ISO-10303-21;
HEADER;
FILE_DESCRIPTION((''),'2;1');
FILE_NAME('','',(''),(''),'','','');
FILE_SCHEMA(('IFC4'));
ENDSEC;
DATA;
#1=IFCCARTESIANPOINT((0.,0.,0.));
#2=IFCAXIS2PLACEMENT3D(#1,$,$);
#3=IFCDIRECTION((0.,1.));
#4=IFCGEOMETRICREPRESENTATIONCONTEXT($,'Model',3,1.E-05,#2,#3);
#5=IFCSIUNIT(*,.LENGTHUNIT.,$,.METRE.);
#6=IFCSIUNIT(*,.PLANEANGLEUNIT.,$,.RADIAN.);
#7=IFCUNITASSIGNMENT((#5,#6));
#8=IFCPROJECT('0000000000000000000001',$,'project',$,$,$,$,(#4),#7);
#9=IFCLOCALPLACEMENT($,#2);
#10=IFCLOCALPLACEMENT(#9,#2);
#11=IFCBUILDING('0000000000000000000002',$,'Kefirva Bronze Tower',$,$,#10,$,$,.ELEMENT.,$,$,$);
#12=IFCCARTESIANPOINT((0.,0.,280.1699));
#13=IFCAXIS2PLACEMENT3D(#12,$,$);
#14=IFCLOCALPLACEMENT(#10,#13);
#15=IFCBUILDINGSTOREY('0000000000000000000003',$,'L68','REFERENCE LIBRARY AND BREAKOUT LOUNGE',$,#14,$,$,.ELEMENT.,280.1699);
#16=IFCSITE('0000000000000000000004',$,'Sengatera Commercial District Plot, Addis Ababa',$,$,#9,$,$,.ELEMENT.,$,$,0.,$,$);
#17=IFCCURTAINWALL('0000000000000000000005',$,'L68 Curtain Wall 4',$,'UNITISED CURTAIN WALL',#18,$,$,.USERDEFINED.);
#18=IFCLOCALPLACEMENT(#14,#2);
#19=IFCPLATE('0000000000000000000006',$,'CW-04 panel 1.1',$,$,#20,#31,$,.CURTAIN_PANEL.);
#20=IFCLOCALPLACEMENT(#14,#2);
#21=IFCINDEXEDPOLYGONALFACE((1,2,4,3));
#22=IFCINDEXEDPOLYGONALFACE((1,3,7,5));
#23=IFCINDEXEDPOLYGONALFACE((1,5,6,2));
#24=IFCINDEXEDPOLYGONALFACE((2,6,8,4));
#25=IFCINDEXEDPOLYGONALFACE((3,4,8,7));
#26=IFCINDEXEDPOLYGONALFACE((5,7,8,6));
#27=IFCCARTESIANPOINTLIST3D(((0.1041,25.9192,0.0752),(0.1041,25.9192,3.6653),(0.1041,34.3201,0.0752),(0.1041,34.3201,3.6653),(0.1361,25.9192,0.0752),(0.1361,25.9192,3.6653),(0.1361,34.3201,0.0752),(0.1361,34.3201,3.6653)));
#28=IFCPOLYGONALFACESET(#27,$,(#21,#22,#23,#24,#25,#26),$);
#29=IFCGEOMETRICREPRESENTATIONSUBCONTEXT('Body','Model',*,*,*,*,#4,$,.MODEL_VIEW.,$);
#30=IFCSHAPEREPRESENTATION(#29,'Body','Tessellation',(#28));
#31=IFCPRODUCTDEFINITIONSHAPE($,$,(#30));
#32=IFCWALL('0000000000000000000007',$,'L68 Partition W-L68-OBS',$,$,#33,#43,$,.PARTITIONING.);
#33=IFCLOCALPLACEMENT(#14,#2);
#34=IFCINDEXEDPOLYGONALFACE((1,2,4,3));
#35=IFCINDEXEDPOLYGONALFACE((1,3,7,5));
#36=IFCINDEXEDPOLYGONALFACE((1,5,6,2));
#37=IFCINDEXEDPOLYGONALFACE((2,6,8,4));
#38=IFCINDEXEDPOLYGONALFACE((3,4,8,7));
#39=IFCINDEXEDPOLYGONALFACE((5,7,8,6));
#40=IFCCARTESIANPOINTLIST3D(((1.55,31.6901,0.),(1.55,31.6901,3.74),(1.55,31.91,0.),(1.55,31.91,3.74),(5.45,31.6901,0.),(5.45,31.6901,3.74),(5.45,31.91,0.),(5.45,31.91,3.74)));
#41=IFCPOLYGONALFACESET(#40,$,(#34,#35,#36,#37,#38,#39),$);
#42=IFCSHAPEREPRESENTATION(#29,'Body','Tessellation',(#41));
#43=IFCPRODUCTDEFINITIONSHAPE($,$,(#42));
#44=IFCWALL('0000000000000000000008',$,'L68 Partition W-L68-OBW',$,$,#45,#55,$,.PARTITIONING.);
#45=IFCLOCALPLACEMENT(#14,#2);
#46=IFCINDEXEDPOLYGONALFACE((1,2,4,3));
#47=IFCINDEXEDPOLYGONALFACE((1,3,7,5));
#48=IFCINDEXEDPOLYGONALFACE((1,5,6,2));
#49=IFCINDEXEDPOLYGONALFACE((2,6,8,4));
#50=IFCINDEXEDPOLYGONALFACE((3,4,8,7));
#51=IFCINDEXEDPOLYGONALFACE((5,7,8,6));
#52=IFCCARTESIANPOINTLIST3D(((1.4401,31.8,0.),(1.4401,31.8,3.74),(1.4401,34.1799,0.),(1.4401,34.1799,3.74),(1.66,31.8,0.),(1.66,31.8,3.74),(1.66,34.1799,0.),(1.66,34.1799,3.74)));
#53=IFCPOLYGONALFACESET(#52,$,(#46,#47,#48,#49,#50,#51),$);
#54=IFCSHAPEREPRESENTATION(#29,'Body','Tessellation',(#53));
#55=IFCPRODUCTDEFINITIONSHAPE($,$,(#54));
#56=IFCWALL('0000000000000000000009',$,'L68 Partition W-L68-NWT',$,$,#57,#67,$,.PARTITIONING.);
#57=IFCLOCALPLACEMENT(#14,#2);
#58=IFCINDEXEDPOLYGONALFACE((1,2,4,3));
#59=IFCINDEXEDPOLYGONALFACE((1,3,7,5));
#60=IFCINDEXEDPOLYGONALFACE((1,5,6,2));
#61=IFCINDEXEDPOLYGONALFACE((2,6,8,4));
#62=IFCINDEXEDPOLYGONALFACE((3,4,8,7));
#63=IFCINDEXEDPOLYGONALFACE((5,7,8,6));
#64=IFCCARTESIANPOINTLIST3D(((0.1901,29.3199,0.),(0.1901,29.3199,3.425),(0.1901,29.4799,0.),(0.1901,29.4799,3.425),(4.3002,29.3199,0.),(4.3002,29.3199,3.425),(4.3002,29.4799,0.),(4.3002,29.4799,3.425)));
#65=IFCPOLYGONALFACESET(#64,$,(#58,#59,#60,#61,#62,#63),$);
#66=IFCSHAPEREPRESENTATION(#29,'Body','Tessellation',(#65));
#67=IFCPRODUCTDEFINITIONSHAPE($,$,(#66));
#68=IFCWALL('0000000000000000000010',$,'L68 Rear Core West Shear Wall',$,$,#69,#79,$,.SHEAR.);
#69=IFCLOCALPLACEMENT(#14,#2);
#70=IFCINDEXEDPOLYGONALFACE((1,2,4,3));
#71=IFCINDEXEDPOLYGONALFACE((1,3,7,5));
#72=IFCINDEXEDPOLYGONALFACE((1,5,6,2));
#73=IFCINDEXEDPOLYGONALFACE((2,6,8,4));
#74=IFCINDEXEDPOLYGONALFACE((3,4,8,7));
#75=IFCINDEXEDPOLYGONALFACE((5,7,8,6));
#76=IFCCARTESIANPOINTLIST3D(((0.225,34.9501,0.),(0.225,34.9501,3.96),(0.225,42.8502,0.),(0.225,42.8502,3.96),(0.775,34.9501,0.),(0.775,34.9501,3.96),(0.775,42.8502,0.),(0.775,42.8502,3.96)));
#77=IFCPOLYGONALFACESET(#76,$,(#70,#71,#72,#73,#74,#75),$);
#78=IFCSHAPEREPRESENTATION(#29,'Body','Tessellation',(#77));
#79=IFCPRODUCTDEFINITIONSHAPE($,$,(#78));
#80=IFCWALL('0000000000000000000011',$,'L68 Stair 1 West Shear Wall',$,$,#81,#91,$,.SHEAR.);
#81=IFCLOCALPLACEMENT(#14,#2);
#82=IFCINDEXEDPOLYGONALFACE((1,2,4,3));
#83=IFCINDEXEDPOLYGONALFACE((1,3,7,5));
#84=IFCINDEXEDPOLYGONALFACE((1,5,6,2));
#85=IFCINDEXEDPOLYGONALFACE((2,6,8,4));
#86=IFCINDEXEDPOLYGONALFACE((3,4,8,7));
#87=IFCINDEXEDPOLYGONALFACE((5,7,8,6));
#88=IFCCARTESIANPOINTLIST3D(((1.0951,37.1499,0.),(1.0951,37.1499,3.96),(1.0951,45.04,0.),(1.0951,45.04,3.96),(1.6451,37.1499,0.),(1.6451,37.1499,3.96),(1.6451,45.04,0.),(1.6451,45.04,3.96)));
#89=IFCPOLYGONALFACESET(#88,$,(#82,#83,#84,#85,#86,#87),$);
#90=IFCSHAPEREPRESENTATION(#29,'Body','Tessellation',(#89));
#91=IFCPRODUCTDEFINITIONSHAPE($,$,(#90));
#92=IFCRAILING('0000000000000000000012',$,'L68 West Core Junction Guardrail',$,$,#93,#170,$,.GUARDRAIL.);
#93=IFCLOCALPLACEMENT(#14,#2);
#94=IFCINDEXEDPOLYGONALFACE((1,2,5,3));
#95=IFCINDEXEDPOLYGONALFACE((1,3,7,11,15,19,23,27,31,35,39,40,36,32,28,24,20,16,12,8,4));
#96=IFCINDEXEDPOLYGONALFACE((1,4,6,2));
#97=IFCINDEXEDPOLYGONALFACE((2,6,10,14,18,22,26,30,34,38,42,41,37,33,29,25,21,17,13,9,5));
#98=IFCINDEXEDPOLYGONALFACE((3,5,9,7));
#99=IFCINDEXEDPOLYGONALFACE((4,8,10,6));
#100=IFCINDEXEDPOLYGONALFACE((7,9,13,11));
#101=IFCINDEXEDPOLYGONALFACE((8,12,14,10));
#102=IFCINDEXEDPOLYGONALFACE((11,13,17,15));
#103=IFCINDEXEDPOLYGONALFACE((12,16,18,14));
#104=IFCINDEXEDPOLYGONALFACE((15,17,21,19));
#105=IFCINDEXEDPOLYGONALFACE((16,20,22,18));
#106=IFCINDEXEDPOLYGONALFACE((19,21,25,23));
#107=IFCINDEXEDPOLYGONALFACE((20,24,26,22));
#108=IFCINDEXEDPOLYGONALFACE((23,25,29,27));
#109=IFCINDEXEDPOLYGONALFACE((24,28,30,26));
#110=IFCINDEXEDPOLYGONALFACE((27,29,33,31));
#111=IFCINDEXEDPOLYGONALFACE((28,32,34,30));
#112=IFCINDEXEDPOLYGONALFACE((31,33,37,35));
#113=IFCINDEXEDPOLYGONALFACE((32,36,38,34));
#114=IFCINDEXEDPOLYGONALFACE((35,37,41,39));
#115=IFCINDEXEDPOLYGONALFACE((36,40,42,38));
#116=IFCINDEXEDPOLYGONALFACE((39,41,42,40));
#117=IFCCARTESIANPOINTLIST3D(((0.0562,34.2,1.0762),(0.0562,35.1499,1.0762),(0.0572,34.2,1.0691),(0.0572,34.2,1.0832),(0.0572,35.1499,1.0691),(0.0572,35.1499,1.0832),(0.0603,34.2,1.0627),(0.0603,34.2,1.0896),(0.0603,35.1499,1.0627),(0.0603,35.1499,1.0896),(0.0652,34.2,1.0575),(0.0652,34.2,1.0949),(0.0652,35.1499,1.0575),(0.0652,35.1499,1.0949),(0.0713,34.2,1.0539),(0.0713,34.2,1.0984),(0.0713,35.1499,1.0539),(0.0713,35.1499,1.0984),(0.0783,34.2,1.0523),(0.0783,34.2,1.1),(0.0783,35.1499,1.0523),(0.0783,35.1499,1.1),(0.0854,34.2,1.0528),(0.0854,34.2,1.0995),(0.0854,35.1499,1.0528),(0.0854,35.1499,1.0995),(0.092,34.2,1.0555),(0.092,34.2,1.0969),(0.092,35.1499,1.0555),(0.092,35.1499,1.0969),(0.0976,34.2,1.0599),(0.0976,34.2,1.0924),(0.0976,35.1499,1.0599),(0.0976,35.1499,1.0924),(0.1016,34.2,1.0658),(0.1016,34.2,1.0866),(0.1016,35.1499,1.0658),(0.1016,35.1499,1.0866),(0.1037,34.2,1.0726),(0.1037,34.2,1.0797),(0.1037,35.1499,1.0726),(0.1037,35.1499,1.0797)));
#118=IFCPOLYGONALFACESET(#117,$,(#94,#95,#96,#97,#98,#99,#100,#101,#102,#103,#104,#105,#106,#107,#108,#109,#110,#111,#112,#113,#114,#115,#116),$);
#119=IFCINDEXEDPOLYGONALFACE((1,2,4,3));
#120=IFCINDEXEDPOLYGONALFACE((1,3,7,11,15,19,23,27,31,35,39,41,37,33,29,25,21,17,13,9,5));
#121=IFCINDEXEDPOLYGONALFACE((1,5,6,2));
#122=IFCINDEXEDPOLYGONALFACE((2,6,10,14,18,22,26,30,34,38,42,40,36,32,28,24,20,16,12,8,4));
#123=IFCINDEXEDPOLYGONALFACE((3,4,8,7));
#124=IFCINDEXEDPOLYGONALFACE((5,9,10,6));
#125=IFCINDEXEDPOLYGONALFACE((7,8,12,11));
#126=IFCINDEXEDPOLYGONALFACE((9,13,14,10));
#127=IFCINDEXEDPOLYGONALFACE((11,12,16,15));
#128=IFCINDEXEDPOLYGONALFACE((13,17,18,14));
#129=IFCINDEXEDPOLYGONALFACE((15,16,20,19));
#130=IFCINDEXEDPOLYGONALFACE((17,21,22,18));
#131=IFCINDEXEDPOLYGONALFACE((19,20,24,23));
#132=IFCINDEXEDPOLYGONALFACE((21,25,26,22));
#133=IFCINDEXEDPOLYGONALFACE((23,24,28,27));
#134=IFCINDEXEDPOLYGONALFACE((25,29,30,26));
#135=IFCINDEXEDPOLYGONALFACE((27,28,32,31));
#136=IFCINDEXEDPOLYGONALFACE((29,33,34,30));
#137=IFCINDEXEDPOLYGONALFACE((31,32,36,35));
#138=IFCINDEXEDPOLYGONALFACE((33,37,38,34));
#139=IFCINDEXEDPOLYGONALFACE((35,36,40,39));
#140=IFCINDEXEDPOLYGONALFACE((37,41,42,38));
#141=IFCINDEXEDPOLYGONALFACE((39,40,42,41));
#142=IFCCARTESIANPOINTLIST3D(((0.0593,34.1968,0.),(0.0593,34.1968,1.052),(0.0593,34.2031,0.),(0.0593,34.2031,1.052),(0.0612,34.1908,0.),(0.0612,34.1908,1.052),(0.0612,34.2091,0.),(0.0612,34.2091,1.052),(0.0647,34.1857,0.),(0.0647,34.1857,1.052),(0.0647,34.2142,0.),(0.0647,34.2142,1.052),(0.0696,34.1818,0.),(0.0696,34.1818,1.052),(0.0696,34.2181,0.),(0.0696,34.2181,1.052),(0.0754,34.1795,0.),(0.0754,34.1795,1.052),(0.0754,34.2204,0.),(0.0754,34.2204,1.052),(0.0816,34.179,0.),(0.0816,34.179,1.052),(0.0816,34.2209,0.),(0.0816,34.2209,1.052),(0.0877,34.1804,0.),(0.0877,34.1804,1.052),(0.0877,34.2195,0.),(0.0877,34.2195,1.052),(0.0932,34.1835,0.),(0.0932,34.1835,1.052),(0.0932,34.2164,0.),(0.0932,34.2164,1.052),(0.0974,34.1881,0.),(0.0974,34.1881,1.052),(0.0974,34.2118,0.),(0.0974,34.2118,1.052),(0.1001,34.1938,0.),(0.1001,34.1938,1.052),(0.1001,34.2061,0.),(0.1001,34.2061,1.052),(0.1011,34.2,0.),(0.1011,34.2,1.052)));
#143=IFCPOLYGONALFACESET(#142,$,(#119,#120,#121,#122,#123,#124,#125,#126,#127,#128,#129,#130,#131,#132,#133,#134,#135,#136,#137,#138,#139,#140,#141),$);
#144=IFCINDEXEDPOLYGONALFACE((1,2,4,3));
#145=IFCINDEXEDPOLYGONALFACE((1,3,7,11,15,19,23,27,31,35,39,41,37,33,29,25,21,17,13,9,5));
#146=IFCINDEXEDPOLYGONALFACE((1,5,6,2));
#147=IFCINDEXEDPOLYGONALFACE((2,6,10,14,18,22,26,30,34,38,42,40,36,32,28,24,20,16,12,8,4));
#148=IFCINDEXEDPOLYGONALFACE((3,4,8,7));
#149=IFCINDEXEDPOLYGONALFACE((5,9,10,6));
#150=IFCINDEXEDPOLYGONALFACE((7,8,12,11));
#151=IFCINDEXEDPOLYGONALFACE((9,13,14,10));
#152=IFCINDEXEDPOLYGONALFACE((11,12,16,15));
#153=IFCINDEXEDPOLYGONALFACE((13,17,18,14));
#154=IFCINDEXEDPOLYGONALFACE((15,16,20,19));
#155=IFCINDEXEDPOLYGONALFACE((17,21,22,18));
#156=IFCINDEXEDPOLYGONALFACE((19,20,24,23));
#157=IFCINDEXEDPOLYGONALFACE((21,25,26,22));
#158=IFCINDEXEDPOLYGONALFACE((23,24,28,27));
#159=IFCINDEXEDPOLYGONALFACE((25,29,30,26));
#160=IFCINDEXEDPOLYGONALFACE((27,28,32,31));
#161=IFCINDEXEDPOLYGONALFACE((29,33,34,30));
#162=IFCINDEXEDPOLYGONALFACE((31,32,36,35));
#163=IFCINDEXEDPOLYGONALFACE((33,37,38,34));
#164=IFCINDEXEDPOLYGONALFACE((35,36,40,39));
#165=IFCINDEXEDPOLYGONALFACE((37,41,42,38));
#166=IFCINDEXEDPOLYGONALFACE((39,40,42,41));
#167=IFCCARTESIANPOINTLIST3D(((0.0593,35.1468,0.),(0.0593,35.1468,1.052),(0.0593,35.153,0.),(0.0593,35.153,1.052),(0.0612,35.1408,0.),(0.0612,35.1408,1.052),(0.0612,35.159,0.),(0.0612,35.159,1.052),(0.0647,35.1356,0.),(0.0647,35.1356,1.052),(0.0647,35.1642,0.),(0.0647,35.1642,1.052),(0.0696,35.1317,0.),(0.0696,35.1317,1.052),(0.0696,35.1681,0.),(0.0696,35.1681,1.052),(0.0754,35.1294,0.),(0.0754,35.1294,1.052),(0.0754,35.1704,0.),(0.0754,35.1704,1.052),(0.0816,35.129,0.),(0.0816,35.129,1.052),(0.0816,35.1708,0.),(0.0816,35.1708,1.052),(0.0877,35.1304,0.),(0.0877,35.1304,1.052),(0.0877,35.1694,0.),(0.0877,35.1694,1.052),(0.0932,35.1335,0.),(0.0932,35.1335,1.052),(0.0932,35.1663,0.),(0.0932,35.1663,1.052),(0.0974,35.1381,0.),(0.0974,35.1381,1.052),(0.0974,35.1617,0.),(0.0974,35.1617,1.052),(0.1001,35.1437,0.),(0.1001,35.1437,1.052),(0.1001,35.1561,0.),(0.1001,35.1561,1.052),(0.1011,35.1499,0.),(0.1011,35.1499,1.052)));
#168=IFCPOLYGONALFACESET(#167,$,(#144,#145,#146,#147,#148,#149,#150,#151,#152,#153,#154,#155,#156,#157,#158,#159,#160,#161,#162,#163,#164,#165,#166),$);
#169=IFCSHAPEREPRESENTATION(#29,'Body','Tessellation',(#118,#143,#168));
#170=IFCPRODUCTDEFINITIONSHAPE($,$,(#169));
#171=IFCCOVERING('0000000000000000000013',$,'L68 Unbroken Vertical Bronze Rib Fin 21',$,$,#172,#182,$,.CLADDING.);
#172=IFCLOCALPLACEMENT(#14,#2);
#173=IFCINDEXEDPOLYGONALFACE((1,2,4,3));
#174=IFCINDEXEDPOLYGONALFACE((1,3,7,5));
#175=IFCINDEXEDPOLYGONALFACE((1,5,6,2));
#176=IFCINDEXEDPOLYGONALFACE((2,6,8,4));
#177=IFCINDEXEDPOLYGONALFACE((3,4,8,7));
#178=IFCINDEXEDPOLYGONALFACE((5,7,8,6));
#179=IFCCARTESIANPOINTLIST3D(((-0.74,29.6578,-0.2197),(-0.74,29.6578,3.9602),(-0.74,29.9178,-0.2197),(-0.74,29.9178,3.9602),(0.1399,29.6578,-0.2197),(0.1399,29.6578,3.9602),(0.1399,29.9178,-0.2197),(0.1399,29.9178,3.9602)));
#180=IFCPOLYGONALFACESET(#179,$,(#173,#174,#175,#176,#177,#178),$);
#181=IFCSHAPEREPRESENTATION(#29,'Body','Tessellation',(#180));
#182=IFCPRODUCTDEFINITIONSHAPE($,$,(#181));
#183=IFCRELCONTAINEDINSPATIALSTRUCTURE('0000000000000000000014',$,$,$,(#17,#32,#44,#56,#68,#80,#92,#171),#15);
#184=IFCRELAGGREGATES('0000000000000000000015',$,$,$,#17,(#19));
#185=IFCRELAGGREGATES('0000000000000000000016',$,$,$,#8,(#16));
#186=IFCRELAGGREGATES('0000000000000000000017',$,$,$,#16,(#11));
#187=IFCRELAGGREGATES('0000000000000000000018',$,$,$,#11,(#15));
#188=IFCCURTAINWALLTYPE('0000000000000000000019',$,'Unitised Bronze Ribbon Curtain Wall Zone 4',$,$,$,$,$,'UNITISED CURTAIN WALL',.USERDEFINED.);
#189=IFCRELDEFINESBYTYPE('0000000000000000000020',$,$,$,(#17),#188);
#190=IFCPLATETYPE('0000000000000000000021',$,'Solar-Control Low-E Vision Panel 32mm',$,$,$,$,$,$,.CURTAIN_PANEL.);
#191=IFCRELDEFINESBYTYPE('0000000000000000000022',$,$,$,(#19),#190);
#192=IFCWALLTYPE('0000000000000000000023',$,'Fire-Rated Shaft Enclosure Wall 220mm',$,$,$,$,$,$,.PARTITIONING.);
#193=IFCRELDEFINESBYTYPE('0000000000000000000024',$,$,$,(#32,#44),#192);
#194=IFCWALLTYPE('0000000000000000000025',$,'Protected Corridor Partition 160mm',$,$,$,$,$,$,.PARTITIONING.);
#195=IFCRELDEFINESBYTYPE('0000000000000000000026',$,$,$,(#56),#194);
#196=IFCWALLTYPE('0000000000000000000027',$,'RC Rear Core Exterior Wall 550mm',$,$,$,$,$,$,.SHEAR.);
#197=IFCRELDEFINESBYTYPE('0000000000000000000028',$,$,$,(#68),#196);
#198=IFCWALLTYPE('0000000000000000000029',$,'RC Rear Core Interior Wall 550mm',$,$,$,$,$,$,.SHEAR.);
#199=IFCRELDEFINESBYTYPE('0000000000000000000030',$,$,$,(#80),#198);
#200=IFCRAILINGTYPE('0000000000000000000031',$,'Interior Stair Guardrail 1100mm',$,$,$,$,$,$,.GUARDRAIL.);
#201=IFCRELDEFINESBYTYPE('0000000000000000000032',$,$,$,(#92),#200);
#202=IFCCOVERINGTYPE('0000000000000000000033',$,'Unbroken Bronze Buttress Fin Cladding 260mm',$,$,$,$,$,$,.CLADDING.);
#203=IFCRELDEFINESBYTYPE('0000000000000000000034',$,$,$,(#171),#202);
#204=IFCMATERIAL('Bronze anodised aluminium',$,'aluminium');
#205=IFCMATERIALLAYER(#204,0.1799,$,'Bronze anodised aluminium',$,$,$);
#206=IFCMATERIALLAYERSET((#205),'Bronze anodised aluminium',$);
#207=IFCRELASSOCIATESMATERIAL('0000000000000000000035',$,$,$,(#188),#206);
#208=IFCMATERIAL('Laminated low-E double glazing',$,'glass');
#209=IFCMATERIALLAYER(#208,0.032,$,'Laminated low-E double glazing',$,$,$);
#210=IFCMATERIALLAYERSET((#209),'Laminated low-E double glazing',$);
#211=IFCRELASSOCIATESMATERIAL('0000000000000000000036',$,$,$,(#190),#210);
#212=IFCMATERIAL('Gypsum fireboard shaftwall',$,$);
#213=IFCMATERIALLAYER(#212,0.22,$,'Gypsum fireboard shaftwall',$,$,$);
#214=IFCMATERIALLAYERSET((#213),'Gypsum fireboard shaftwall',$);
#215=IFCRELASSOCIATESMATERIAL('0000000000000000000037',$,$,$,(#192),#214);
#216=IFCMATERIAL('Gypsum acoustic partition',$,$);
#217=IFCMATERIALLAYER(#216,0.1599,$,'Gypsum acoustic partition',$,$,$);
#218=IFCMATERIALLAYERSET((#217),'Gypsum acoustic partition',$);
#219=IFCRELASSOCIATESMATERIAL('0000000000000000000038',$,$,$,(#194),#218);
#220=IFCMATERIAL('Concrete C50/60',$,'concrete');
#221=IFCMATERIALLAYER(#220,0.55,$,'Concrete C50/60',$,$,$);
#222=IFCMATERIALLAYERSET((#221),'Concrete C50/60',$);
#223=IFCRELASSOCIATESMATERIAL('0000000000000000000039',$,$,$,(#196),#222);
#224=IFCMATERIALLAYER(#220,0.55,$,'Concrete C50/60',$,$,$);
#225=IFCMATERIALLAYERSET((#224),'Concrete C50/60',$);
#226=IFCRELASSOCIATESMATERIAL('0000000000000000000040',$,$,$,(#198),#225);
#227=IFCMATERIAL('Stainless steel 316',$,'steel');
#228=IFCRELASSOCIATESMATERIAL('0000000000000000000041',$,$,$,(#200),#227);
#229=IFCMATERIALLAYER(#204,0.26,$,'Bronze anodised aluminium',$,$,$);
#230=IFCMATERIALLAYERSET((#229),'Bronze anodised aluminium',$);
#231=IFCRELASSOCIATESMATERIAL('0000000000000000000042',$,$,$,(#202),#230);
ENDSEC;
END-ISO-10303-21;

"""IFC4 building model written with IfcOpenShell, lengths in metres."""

from ifc_helpers import new_model, si_unit, direction, frame, frame_2d, origin, origin_2d, place, context, subcontext, project, spatial, rectangle, circle, extrude, material, layer, layer_set, type_object, element, aggregate, save


model = new_model("IFC4")

# Units and contexts
model_context = context("Model", 3, precision=1e-05, world=origin(), true_north=direction((0.0, 1.0)))
body_context = subcontext(model_context, "Body", "Model", "MODEL_VIEW")
ifc_project = project(units=[si_unit("LENGTHUNIT", "METRE"), si_unit("PLANEANGLEUNIT", "RADIAN")], contexts=[model_context])

# Site, building, storey
site_placement = place(None, origin())
site = spatial("IfcSite", under=ifc_project, at=site_placement, Name="Sengatera Commercial District Plot, Addis Ababa", CompositionType="ELEMENT", RefElevation=0.0)
building_placement = place(site_placement, origin())
building = spatial("IfcBuilding", under=site, at=building_placement, Name="Kefirva Bronze Tower", CompositionType="ELEMENT")
storey_placement = place(building_placement, frame((0.0, 0.0, 280.1699)))
storey = spatial("IfcBuildingStorey", under=building, at=storey_placement, Name="L68", Description="REFERENCE LIBRARY AND BREAKOUT LOUNGE", CompositionType="ELEMENT", Elevation=280.1699)

# Shared definitions
ifc_material_1 = material(Name="Concrete C50/60", Category="concrete")

# Curtain wall
ifc_material_2 = material(Name="Bronze anodised aluminium", Category="aluminium")
ifc_layer_1 = layer(ifc_material_2, 0.1799, Name="Bronze anodised aluminium")
ifc_layer_set_1 = layer_set([ifc_layer_1], Name="Bronze anodised aluminium")
curtain_wall_type = type_object("IfcCurtainWallType", Name="Unitised Bronze Ribbon Curtain Wall Zone 4", ElementType="UNITISED CURTAIN WALL", PredefinedType="USERDEFINED", material=ifc_layer_set_1)
curtain_wall_placement = place(storey_placement, origin())
curtain_wall = element("IfcCurtainWall", 1, at=curtain_wall_placement, inside=storey, type_object=curtain_wall_type, Name="L68 Curtain Wall 4", ObjectType="UNITISED CURTAIN WALL", PredefinedType="USERDEFINED")

# Plate
ifc_material_3 = material(Name="Laminated low-E double glazing", Category="glass")
ifc_layer_2 = layer(ifc_material_3, 0.032, Name="Laminated low-E double glazing")
ifc_layer_set_2 = layer_set([ifc_layer_2], Name="Laminated low-E double glazing")
plate_type = type_object("IfcPlateType", Name="Solar-Control Low-E Vision Panel 32mm", PredefinedType="CURTAIN_PANEL", material=ifc_layer_set_2)
plate_placement = place(storey_placement, frame((0.1201, 30.1196, 0.0752), z_axis=(0.0, 0.0, 1.0), x_axis=(0.0, -1.0, 0.0)))
plate = element("IfcPlate", 2, at=plate_placement, type_object=plate_type, Name="CW-04 panel 1.1", PredefinedType="CURTAIN_PANEL", context=body_context, shape_type="SweptSolid", body=[
    extrude(rectangle(XDim=8.4009, YDim=0.032, at=origin_2d()), origin(), (0.0, 0.0, 1.0), 3.5901),
])
aggregate(curtain_wall, [plate])

# Walls
ifc_material_4 = material(Name="Gypsum fireboard shaftwall")
ifc_layer_3 = layer(ifc_material_4, 0.22, Name="Gypsum fireboard shaftwall")
ifc_layer_set_3 = layer_set([ifc_layer_3], Name="Gypsum fireboard shaftwall")
wall_type_1 = type_object("IfcWallType", Name="Fire-Rated Shaft Enclosure Wall 220mm", PredefinedType="PARTITIONING", material=ifc_layer_set_3)
wall_1_placement = place(storey_placement, frame((1.55, 31.8, 0.0), z_axis=(0.0, 0.0, 1.0), x_axis=(1.0, 0.0, 0.0)))
element("IfcWall", 3, at=wall_1_placement, inside=storey, type_object=wall_type_1, Name="L68 Partition W-L68-OBS", PredefinedType="PARTITIONING", context=body_context, shape_type="SweptSolid", body=[
    extrude(rectangle(XDim=3.8999, YDim=0.22, at=frame_2d((1.95, 0.0))), origin(), (0.0, 0.0, 1.0), 3.74),
])
wall_2_placement = place(storey_placement, frame((1.55, 31.8, 0.0), z_axis=(0.0, 0.0, 1.0), x_axis=(0.0, 1.0, 0.0)))
element("IfcWall", 4, at=wall_2_placement, inside=storey, type_object=wall_type_1, Name="L68 Partition W-L68-OBW", PredefinedType="PARTITIONING", context=body_context, shape_type="SweptSolid", body=[
    extrude(rectangle(XDim=2.3799, YDim=0.22, at=frame_2d((1.1899, 0.0))), origin(), (0.0, 0.0, 1.0), 3.74),
])
ifc_material_5 = material(Name="Gypsum acoustic partition")
ifc_layer_4 = layer(ifc_material_5, 0.1599, Name="Gypsum acoustic partition")
ifc_layer_set_4 = layer_set([ifc_layer_4], Name="Gypsum acoustic partition")
wall_type_2 = type_object("IfcWallType", Name="Protected Corridor Partition 160mm", PredefinedType="PARTITIONING", material=ifc_layer_set_4)
wall_3_placement = place(storey_placement, frame((0.1899, 29.3999, 0.0), z_axis=(0.0, 0.0, 1.0), x_axis=(1.0, 0.0, 0.0)))
element("IfcWall", 5, at=wall_3_placement, inside=storey, type_object=wall_type_2, Name="L68 Partition W-L68-NWT", PredefinedType="PARTITIONING", context=body_context, shape_type="SweptSolid", body=[
    extrude(rectangle(XDim=4.1101, YDim=0.1599, at=frame_2d((2.0552, 0.0))), origin(), (0.0, 0.0, 1.0), 3.425),
])
ifc_layer_5 = layer(ifc_material_1, 0.55, Name="Concrete C50/60")
ifc_layer_set_5 = layer_set([ifc_layer_5], Name="Concrete C50/60")
wall_type_3 = type_object("IfcWallType", Name="RC Rear Core Exterior Wall 550mm", PredefinedType="SHEAR", material=ifc_layer_set_5)
wall_4_placement = place(storey_placement, frame((0.5, 34.95, 0.0), z_axis=(0.0, 0.0, 1.0), x_axis=(0.0, 1.0, 0.0)))
element("IfcWall", 6, at=wall_4_placement, inside=storey, type_object=wall_type_3, Name="L68 Rear Core West Shear Wall", PredefinedType="SHEAR", context=body_context, shape_type="SweptSolid", body=[
    extrude(rectangle(XDim=7.9001, YDim=0.55, at=frame_2d((3.9502, 0.0))), origin(), (0.0, 0.0, 1.0), 3.96),
])

# Shared definitions
ifc_layer_6 = layer(ifc_material_1, 0.55, Name="Concrete C50/60")
ifc_layer_set_6 = layer_set([ifc_layer_6], Name="Concrete C50/60")
wall_type_4 = type_object("IfcWallType", Name="RC Rear Core Interior Wall 550mm", PredefinedType="SHEAR", material=ifc_layer_set_6)

# Wall
wall_5_placement = place(storey_placement, frame((1.3701, 37.1499, 0.0), z_axis=(0.0, 0.0, 1.0), x_axis=(0.0, 1.0, 0.0)))
element("IfcWall", 7, at=wall_5_placement, inside=storey, type_object=wall_type_4, Name="L68 Stair 1 West Shear Wall", PredefinedType="SHEAR", context=body_context, shape_type="SweptSolid", body=[
    extrude(rectangle(XDim=7.8901, YDim=0.55, at=frame_2d((3.9451, 0.0))), origin(), (0.0, 0.0, 1.0), 3.96),
])

# Railing
ifc_material_6 = material(Name="Stainless steel 316", Category="steel")
railing_type = type_object("IfcRailingType", Name="Interior Stair Guardrail 1100mm", PredefinedType="GUARDRAIL", material=ifc_material_6)
railing_placement = place(storey_placement, frame((0.0801, 34.2, 0.0)))
element("IfcRailing", 8, at=railing_placement, inside=storey, type_object=railing_type, Name="L68 West Core Junction Guardrail", PredefinedType="GUARDRAIL", context=body_context, shape_type="SweptSolid", body=[
    extrude(circle(Radius=0.0239, at=origin_2d()), frame((0.0, 0.0, 1.0762), z_axis=(0.0, 1.0, 0.0), x_axis=(-1.0, 0.0, 0.0)), (0.0, 0.0, 1.0), 0.95),
    extrude(circle(Radius=0.021, at=origin_2d()), origin(), (0.0, 0.0, 1.0), 1.052),
    extrude(circle(Radius=0.021, at=origin_2d()), frame((0.0, 0.95, 0.0)), (0.0, 0.0, 1.0), 1.052),
])

# Covering
ifc_layer_7 = layer(ifc_material_2, 0.26, Name="Bronze anodised aluminium")
ifc_layer_set_7 = layer_set([ifc_layer_7], Name="Bronze anodised aluminium")
covering_type = type_object("IfcCoveringType", Name="Unbroken Bronze Buttress Fin Cladding 260mm", PredefinedType="CLADDING", material=ifc_layer_set_7)
covering_placement = place(storey_placement, frame((-0.3, 29.7878, -0.2197), z_axis=(0.0, 0.0, 1.0), x_axis=(0.0, -1.0, 0.0)))
element("IfcCovering", 9, at=covering_placement, inside=storey, type_object=covering_type, Name="L68 Unbroken Vertical Bronze Rib Fin 21", PredefinedType="CLADDING", context=body_context, shape_type="SweptSolid", body=[
    extrude(rectangle(XDim=0.26, YDim=0.8799, at=origin_2d()), origin(), (0.0, 0.0, 1.0), 4.1799),
])

save(model, "model.ifc")
